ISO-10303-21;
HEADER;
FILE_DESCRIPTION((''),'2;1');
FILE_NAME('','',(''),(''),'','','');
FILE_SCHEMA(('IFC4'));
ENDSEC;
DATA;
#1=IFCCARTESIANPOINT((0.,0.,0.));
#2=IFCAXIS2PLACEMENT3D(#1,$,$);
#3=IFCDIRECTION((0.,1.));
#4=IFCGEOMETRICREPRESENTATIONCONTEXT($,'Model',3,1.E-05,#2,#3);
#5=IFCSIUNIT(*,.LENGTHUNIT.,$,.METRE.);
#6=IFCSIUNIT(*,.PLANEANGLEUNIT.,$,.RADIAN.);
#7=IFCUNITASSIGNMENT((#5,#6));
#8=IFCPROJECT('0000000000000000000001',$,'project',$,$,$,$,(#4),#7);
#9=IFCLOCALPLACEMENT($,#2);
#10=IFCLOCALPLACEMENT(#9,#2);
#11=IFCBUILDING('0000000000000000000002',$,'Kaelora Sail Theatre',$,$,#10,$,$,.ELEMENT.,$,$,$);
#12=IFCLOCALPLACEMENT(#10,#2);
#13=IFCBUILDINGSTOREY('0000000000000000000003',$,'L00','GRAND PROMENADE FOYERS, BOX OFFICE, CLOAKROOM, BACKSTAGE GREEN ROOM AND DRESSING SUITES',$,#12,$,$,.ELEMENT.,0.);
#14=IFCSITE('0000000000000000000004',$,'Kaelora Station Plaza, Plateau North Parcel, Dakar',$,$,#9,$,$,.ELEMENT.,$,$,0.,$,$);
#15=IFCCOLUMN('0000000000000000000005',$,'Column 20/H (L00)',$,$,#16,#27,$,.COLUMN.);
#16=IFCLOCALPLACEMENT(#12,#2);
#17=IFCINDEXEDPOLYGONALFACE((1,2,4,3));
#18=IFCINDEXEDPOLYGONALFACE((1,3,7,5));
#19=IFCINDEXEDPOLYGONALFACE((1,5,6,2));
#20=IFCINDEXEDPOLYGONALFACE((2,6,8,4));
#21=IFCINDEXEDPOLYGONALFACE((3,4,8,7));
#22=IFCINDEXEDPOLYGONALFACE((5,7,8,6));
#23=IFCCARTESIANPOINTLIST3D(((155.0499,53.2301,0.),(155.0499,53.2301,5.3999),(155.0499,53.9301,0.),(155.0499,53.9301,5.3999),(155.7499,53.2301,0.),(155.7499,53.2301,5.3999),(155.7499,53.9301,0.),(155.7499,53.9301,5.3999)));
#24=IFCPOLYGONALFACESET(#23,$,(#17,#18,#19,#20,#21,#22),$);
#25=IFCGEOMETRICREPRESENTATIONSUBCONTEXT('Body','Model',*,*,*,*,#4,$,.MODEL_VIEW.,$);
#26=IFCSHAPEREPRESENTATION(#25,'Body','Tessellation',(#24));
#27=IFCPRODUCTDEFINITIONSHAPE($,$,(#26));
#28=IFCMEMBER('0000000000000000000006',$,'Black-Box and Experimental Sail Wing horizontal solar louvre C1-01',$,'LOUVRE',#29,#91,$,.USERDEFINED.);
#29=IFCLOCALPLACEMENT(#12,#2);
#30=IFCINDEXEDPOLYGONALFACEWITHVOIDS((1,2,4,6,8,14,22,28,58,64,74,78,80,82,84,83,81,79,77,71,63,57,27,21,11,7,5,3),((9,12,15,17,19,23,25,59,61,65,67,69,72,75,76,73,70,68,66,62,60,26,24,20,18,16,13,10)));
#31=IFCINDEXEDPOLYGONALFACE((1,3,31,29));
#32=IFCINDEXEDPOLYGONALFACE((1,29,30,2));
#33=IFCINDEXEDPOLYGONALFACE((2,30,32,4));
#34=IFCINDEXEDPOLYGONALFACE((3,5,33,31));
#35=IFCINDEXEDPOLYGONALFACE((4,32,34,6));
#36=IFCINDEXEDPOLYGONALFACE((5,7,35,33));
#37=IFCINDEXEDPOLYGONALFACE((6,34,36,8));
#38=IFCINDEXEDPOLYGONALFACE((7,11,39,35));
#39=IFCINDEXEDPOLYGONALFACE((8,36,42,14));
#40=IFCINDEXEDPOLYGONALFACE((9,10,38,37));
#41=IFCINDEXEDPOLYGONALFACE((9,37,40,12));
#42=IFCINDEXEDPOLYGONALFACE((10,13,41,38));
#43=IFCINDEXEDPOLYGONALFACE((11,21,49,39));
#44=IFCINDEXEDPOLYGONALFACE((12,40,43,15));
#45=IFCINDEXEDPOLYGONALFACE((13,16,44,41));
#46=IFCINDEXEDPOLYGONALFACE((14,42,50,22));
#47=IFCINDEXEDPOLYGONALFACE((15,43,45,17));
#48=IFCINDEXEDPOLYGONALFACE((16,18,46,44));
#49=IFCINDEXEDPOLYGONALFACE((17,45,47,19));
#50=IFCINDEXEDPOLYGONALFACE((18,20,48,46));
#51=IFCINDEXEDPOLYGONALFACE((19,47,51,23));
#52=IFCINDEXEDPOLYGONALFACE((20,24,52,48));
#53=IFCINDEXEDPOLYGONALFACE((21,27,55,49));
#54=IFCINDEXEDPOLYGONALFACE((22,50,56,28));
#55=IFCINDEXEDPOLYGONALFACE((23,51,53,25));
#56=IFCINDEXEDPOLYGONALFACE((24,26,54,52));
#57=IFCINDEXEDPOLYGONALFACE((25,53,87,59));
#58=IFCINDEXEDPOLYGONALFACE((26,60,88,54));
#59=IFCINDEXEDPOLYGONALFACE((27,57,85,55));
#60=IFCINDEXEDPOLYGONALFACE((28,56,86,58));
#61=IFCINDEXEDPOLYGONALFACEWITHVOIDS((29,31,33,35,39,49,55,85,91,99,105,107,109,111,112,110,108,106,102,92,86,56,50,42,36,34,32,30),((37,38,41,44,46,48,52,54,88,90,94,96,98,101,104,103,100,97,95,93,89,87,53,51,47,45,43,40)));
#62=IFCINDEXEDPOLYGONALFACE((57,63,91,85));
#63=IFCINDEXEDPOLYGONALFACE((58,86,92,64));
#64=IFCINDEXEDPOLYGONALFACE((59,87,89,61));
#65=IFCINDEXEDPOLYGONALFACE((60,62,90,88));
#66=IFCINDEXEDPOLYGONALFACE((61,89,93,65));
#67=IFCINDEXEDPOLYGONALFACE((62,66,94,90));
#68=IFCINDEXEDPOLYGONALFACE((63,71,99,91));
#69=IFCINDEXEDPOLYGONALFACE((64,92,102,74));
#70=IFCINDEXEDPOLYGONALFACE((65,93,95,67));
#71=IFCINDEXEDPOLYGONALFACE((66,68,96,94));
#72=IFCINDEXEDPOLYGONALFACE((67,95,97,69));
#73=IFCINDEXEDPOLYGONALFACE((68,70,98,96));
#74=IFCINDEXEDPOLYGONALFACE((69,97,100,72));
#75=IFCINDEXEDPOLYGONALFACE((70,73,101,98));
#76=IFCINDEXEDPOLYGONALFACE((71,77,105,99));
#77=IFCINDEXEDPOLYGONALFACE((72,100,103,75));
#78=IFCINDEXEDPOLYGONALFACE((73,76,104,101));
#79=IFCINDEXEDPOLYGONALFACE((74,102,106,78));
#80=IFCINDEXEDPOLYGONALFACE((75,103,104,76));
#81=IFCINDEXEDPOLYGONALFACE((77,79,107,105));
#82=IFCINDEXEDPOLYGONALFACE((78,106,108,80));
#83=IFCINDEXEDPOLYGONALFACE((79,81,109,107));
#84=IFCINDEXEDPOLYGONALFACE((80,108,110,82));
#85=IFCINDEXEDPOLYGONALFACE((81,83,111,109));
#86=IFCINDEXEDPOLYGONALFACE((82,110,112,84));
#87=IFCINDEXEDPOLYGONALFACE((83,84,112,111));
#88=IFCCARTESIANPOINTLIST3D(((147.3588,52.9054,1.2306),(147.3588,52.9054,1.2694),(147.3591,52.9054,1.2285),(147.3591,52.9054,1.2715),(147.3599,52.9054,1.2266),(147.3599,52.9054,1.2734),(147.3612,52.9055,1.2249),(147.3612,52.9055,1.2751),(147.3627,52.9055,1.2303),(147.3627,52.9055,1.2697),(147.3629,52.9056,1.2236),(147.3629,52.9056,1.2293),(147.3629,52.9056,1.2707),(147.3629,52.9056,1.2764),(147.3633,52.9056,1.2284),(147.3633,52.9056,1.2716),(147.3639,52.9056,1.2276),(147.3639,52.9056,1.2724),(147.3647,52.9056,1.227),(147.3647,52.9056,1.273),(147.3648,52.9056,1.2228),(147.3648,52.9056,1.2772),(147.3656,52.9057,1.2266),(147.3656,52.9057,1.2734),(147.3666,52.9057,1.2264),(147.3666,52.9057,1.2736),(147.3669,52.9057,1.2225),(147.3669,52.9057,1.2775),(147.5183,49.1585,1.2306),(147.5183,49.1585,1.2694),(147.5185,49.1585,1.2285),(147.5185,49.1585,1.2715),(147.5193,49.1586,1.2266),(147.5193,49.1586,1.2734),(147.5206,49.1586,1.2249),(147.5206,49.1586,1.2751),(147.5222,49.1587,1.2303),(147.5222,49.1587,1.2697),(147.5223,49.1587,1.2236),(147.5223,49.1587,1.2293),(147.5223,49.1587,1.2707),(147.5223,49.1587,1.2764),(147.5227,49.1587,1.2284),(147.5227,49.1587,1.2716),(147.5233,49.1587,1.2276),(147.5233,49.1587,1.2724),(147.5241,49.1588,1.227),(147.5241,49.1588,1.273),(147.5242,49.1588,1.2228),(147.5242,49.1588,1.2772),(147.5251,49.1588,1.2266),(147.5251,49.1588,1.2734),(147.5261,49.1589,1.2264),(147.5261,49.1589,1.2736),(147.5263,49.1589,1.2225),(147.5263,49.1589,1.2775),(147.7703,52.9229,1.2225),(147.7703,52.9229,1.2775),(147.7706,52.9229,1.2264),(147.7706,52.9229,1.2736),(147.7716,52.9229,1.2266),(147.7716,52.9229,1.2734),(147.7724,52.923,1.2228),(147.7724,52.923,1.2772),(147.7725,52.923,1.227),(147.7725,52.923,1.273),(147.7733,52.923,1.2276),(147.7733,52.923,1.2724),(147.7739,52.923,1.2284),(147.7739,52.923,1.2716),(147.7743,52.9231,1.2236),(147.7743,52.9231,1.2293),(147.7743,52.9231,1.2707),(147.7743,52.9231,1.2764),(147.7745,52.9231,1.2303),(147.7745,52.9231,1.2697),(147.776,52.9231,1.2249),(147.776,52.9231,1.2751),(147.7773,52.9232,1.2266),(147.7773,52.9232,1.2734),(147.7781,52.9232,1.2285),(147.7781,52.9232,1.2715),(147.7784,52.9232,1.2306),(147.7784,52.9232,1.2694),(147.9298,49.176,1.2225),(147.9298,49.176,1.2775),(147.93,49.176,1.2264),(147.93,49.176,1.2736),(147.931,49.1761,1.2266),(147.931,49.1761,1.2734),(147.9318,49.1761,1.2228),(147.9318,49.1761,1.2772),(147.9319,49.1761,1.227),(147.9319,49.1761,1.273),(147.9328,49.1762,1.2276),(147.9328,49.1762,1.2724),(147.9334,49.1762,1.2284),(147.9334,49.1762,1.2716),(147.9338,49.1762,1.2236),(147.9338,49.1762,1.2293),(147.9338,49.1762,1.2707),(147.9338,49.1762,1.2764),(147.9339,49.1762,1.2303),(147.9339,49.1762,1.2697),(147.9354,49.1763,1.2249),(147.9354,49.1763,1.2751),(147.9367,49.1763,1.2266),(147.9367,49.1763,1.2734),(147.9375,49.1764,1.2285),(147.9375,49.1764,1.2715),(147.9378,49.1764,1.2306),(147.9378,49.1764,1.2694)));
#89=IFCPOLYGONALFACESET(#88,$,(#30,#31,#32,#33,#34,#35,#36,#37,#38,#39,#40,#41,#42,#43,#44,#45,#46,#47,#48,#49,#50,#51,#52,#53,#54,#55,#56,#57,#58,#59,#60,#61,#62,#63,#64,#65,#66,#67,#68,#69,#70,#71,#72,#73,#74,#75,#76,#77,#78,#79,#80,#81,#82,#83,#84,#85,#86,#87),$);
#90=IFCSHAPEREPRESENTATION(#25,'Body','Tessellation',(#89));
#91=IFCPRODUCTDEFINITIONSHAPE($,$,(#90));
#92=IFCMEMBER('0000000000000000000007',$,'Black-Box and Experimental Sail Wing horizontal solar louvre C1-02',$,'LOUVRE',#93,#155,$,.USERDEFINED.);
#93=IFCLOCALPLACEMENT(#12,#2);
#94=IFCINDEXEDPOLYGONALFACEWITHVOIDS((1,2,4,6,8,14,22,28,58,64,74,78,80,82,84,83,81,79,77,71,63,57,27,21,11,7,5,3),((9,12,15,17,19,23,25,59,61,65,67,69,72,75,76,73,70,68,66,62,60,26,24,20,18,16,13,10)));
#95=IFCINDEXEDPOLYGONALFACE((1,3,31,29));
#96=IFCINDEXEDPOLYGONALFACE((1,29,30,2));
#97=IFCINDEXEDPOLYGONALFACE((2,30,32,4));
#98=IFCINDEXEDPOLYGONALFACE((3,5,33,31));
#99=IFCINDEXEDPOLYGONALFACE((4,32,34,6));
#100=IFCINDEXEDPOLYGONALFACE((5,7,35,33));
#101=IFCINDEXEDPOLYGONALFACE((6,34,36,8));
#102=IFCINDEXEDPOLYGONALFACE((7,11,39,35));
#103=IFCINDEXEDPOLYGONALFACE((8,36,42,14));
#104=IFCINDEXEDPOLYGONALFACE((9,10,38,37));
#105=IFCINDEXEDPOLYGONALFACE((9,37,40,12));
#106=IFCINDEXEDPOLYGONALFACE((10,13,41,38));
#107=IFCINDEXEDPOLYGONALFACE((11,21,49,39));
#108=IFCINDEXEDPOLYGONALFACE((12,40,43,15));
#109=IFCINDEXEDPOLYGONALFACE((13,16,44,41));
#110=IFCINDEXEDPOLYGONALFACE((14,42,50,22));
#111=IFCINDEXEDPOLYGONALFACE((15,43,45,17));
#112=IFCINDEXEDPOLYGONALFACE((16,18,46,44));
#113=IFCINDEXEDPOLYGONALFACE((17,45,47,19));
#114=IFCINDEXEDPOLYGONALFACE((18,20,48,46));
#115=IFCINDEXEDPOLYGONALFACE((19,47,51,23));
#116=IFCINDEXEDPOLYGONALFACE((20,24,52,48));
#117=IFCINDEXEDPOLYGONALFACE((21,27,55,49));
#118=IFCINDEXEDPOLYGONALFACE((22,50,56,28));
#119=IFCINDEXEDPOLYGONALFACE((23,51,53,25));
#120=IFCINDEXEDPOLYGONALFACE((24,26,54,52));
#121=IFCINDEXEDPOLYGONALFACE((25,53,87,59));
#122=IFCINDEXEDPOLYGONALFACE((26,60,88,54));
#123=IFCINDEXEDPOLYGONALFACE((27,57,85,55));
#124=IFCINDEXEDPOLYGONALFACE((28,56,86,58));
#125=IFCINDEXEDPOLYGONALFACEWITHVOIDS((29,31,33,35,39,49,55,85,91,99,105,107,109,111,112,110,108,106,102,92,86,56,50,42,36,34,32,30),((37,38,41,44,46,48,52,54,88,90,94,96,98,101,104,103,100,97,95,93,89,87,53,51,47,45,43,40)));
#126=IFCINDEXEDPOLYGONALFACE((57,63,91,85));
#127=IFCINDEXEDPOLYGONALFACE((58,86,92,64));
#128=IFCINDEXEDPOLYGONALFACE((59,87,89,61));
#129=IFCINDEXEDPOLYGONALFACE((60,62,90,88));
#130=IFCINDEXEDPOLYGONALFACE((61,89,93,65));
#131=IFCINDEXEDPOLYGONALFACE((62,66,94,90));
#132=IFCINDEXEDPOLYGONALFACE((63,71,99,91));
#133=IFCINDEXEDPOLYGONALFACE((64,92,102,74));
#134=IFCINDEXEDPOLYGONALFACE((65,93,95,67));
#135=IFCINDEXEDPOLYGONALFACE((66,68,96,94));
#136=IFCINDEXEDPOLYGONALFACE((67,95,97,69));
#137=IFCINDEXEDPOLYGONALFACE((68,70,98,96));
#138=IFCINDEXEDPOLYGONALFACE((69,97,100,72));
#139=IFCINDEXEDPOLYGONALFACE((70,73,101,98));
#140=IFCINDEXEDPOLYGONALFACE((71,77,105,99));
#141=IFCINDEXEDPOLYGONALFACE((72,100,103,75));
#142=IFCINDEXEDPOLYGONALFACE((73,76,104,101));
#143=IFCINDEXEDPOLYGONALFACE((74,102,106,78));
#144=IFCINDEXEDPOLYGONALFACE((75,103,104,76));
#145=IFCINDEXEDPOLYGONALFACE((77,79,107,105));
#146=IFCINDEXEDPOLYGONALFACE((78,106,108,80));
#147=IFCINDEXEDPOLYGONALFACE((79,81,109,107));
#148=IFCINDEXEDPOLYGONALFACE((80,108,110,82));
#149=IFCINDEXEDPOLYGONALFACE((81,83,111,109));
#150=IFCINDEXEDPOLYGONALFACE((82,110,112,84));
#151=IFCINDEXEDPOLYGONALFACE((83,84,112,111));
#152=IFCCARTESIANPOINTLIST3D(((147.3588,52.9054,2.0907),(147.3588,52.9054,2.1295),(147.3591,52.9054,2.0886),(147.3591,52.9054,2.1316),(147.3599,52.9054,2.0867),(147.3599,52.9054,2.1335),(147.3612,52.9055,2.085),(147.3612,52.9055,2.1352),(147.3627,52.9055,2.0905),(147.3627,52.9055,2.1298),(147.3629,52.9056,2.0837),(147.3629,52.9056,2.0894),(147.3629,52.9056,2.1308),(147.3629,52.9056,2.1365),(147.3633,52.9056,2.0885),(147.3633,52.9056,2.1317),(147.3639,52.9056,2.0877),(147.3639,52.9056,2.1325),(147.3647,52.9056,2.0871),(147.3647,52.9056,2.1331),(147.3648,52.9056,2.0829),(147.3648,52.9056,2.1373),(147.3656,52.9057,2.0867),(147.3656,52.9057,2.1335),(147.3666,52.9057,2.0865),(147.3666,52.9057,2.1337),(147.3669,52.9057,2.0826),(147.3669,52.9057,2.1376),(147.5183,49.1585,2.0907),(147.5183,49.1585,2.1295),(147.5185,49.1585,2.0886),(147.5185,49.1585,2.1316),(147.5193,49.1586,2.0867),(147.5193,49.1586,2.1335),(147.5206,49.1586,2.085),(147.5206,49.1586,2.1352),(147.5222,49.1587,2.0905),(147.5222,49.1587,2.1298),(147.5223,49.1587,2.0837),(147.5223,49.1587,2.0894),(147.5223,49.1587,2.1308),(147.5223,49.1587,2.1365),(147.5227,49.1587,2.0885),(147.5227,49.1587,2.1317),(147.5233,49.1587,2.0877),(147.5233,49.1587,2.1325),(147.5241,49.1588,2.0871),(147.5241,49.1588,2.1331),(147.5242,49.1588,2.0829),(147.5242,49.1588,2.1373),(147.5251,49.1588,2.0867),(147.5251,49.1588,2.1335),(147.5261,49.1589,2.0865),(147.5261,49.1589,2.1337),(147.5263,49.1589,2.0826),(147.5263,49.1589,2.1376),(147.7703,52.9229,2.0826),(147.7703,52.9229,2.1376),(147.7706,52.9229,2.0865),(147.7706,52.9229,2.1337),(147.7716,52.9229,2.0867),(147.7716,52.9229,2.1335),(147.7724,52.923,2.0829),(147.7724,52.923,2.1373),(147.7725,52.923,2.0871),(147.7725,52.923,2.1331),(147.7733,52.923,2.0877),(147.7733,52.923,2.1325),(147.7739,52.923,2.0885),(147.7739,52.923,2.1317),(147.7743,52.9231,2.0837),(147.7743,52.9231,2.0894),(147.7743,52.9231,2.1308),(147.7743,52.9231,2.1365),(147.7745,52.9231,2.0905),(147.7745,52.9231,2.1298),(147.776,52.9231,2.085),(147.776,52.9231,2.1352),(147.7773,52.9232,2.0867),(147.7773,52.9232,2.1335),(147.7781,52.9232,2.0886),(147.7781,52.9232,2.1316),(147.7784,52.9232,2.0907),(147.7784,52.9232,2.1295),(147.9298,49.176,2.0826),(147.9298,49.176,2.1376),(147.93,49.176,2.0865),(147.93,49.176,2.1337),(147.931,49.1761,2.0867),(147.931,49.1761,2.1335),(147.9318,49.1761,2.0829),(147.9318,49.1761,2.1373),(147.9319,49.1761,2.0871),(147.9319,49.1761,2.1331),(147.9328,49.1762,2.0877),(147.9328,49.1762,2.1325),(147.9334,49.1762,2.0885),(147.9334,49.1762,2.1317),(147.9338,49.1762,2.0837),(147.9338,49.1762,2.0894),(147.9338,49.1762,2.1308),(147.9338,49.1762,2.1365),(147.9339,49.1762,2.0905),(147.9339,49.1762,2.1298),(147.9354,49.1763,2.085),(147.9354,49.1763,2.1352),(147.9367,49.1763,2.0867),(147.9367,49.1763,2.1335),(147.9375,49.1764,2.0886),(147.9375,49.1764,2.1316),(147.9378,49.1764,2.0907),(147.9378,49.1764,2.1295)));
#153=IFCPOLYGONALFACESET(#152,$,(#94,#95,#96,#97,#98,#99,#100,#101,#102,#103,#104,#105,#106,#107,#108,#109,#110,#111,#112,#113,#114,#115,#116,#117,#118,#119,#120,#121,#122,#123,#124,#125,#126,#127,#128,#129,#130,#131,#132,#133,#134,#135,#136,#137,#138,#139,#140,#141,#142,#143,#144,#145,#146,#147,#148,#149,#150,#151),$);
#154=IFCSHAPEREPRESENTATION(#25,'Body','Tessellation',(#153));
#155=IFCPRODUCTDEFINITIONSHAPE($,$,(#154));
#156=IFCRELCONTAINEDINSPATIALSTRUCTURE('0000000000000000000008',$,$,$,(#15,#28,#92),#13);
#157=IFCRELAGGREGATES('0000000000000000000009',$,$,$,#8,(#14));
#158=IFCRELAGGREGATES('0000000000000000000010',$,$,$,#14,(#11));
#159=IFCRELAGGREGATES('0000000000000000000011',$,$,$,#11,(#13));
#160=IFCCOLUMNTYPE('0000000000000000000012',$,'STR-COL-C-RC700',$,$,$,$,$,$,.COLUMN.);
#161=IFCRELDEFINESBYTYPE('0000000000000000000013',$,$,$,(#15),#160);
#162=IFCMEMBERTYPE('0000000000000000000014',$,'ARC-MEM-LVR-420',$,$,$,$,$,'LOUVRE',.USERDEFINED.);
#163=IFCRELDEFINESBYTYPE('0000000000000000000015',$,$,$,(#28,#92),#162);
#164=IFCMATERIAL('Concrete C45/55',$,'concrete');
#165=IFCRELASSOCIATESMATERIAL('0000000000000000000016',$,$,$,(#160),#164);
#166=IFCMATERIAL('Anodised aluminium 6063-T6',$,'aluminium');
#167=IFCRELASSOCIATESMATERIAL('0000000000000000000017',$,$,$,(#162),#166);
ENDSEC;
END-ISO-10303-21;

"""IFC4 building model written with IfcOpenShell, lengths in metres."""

from ifc_helpers import new_model, si_unit, direction, frame, origin, origin_2d, place, context, subcontext, project, spatial, rectangle, hollow_rectangle, extrude, material, material_profile, profile_set, type_object, element, save


model = new_model("IFC4")

# Units and contexts
model_context = context("Model", 3, precision=1e-05, world=origin(), true_north=direction((0.0, 1.0)))
body_context = subcontext(model_context, "Body", "Model", "MODEL_VIEW")
ifc_project = project(units=[si_unit("LENGTHUNIT", "METRE"), si_unit("PLANEANGLEUNIT", "RADIAN")], contexts=[model_context])

# Site, building, storey
site_placement = place(None, origin())
site = spatial("IfcSite", under=ifc_project, at=site_placement, Name="Kaelora Station Plaza, Plateau North Parcel, Dakar", CompositionType="ELEMENT", RefElevation=0.0)
building_placement = place(site_placement, origin())
building = spatial("IfcBuilding", under=site, at=building_placement, Name="Kaelora Sail Theatre", CompositionType="ELEMENT")
storey_placement = place(building_placement, origin())
storey = spatial("IfcBuildingStorey", under=building, at=storey_placement, Name="L00", Description="GRAND PROMENADE FOYERS, BOX OFFICE, CLOAKROOM, BACKSTAGE GREEN ROOM AND DRESSING SUITES", CompositionType="ELEMENT", Elevation=0.0)

# Column
ifc_material_1 = material(Name="Concrete C45/55", Category="concrete")
ifc_material_profile_1 = material_profile(ifc_material_1, rectangle(XDim=0.7, YDim=0.7, at=origin_2d()), Name="RC-COL 700x700")
ifc_profile_set_1 = profile_set([ifc_material_profile_1], Name="Concrete C45/55")
column_type = type_object("IfcColumnType", Name="STR-COL-C-RC700", PredefinedType="COLUMN", material=ifc_profile_set_1)
column_placement = place(storey_placement, frame((155.3999, 53.5801, 0.0), z_axis=(0.0, 0.0, 1.0), x_axis=(1.0, 0.0, 0.0)))
element("IfcColumn", 1, at=column_placement, inside=storey, type_object=column_type, Name="Column 20/H (L00)", PredefinedType="COLUMN", context=body_context, shape_type="SweptSolid", body=[
    extrude(rectangle(XDim=0.7, YDim=0.7, at=origin_2d()), origin(), (0.0, 0.0, 1.0), 5.3999),
])

# Members
ifc_material_2 = material(Name="Anodised aluminium 6063-T6", Category="aluminium")
ifc_material_profile_2 = material_profile(ifc_material_2, hollow_rectangle(XDim=0.4199, YDim=0.0549, WallThickness=0.0039, InnerFilletRadius=0.0039, OuterFilletRadius=0.0081, at=origin_2d()), Name="LOUVRE 420x55x4")
ifc_profile_set_2 = profile_set([ifc_material_profile_2], Name="Anodised aluminium 6063-T6")
member_type_1 = type_object("IfcMemberType", Name="ARC-MEM-LVR-420", ElementType="LOUVRE", PredefinedType="USERDEFINED", material=ifc_profile_set_2)
for number, where, z_axis, x_axis, name in (
    (2, (147.5686, 52.9143, 1.25), (0.042511, -0.999096, 0.0), (0.999096, 0.042511, 0.0), "Black-Box and Experimental Sail Wing horizontal solar louvre C1-01"),
    (3, (147.5686, 52.9143, 2.1101), (0.042511, -0.999096, 0.0), (0.999096, 0.042511, 0.0), "Black-Box and Experimental Sail Wing horizontal solar louvre C1-02"),
):
    element("IfcMember", number, at=place(storey_placement, frame(where, z_axis=z_axis, x_axis=x_axis)), inside=storey, type_object=member_type_1, Name=name, ObjectType="LOUVRE", PredefinedType="USERDEFINED", context=body_context, shape_type="SweptSolid", body=[
        extrude(hollow_rectangle(XDim=0.4199, YDim=0.0549, WallThickness=0.0039, InnerFilletRadius=0.0039, OuterFilletRadius=0.0081, at=origin_2d()), origin(), (0.0, 0.0, 1.0), 3.7502),
    ])

save(model, "model.ifc")
